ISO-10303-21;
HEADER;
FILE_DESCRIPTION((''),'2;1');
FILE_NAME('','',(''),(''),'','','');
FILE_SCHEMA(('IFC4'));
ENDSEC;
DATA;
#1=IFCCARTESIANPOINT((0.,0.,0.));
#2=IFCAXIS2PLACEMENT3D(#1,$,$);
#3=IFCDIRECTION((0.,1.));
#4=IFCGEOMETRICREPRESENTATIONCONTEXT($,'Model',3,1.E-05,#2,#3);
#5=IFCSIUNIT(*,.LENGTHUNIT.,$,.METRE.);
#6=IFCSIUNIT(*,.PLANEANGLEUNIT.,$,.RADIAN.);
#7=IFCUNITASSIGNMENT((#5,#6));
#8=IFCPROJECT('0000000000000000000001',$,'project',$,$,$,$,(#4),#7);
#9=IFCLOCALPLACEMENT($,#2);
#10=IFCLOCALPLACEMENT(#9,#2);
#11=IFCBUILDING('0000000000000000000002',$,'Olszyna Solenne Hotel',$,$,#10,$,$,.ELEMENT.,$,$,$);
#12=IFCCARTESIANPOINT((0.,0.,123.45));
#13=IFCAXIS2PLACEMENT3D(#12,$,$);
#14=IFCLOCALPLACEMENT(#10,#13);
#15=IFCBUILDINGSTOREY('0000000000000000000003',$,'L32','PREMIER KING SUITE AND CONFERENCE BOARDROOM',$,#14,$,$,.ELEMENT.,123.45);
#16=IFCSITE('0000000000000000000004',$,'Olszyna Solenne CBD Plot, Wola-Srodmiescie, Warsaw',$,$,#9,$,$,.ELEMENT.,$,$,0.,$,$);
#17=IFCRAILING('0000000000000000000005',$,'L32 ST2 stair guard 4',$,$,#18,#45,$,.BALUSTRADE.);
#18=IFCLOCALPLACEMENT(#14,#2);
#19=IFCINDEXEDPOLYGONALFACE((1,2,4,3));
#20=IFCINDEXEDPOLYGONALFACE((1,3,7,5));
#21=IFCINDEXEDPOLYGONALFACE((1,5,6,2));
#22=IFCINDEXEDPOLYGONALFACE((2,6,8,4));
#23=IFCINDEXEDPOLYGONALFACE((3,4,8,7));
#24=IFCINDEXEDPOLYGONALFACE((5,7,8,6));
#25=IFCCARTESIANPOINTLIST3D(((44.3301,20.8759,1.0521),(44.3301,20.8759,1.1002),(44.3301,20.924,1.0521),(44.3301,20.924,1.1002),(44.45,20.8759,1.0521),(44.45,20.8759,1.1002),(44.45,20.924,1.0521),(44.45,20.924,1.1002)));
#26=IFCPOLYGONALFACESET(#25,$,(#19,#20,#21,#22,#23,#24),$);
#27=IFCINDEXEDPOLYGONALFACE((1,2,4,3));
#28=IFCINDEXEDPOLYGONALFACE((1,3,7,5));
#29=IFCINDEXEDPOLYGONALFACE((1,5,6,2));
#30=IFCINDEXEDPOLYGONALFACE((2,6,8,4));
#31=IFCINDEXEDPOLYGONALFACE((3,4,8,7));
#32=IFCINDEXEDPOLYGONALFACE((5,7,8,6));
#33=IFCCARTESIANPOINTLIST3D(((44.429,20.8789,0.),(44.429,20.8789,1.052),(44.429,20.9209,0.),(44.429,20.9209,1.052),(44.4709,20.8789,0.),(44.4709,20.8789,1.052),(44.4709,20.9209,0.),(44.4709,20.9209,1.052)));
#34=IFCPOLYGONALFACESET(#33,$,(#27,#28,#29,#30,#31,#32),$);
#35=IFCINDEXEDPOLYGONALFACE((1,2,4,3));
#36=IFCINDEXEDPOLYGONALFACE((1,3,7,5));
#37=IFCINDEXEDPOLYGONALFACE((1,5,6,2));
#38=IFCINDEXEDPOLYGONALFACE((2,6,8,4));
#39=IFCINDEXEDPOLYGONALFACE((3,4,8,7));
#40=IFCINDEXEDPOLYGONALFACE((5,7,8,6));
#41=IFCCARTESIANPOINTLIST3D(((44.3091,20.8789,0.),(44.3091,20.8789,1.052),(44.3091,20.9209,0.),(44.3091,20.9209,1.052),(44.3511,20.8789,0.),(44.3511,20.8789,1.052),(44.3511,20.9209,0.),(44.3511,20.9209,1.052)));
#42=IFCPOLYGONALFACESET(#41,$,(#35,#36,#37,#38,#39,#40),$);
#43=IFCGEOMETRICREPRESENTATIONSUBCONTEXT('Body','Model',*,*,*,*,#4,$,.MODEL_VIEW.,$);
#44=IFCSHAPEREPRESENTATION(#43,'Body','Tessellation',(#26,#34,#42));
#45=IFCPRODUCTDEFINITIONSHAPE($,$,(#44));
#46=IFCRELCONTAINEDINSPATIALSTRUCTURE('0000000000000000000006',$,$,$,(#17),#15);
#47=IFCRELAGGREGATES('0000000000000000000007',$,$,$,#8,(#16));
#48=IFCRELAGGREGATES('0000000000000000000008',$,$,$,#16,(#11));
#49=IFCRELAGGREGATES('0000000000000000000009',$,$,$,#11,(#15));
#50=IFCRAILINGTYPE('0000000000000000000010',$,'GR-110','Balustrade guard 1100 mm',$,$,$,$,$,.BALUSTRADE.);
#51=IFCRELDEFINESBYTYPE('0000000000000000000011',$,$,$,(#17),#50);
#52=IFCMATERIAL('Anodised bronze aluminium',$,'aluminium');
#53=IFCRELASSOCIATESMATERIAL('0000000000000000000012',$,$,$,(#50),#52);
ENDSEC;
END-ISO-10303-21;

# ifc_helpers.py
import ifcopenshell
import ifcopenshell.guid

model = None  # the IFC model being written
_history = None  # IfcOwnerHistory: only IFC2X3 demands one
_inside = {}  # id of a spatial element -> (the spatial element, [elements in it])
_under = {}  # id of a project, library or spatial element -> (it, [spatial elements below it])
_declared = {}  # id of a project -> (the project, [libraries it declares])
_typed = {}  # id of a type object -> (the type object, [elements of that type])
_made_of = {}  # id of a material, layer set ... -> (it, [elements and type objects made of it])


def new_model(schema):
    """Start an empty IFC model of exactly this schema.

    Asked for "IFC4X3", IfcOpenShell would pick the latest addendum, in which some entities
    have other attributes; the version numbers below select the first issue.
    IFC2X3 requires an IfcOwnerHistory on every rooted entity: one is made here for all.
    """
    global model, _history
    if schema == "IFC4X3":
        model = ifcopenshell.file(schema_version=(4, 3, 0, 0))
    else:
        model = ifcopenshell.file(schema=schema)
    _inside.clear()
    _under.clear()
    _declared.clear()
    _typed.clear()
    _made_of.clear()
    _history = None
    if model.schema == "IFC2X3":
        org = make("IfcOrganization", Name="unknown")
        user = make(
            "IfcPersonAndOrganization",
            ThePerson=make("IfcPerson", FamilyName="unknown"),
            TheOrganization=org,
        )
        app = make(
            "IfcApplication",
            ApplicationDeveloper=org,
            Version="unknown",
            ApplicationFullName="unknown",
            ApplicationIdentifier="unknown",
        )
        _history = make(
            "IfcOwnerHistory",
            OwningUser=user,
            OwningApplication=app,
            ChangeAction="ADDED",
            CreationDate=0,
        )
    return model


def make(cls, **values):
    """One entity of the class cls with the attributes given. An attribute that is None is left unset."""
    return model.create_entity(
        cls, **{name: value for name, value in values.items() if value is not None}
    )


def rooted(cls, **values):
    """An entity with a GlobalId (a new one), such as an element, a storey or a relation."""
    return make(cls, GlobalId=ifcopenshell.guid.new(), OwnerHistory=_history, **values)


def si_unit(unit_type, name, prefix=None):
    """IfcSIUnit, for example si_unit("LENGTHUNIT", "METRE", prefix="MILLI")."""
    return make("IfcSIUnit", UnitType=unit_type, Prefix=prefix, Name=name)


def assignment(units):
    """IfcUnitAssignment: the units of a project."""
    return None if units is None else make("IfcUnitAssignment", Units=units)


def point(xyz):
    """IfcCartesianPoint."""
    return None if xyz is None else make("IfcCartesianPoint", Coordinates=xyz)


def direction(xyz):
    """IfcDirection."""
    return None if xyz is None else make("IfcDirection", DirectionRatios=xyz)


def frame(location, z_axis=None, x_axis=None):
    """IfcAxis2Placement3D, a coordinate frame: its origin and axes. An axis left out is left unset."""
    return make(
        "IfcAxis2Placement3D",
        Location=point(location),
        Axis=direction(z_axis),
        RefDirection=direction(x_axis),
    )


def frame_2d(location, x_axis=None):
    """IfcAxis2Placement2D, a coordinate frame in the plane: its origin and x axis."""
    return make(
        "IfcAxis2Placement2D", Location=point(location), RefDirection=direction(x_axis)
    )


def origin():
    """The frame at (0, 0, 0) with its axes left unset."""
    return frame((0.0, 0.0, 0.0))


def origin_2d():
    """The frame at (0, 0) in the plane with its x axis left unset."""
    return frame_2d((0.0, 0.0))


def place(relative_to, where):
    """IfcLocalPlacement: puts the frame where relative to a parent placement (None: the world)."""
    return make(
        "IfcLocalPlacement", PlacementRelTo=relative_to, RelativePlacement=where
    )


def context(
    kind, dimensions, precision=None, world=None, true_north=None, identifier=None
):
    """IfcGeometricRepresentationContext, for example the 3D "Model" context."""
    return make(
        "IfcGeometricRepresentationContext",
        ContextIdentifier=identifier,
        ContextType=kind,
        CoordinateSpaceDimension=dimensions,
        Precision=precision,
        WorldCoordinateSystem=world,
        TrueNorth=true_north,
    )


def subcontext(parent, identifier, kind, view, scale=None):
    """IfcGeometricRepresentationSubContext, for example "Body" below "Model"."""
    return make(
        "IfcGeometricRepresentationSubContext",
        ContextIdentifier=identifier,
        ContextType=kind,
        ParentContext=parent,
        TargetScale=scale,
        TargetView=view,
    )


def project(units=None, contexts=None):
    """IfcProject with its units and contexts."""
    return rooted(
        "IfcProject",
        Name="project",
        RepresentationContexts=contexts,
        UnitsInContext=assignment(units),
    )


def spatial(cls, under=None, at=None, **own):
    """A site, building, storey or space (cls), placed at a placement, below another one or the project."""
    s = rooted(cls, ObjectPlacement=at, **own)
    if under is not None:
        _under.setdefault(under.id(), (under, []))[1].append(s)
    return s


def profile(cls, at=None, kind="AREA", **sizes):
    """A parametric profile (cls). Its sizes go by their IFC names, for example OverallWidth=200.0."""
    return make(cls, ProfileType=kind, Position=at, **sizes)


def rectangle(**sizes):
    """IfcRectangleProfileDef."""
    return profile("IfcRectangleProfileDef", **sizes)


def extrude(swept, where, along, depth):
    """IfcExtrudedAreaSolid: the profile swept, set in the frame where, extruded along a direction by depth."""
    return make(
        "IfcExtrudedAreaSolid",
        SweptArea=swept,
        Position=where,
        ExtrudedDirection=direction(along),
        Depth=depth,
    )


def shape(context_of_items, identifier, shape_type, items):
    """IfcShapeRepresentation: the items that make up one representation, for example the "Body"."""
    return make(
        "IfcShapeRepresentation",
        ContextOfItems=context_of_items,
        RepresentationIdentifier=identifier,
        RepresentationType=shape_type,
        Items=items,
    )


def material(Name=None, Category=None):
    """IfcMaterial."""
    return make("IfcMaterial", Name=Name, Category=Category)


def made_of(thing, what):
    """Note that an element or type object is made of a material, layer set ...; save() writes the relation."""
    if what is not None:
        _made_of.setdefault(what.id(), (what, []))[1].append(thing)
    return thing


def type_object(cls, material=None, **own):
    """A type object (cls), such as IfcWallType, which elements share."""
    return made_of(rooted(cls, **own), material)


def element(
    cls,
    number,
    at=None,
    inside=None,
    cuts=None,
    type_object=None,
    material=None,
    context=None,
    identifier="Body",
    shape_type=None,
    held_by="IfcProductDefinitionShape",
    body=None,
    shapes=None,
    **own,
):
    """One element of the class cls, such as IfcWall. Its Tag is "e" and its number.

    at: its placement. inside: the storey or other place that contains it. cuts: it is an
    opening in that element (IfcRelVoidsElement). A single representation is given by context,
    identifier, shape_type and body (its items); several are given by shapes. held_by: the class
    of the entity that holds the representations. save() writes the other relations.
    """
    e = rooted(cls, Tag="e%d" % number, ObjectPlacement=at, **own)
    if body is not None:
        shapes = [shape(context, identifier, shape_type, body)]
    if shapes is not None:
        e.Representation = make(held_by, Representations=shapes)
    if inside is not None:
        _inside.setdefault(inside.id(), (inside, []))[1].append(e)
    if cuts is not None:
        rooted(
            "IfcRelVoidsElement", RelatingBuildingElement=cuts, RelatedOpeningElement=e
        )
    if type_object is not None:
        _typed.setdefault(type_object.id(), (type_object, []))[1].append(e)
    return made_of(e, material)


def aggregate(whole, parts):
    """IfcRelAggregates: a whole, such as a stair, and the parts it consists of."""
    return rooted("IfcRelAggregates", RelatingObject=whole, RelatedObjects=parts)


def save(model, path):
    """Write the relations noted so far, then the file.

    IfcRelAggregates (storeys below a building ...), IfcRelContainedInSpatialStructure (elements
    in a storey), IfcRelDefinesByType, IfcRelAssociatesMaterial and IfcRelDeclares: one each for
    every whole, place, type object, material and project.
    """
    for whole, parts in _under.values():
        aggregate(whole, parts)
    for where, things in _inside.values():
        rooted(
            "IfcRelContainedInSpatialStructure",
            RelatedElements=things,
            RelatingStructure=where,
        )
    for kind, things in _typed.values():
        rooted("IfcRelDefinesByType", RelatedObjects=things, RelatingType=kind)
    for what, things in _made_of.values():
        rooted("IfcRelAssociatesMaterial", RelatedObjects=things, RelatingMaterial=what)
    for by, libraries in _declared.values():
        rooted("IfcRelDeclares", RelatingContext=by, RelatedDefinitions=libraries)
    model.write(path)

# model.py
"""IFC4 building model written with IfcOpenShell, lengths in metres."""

from ifc_helpers import new_model, si_unit, direction, frame, origin, origin_2d, place, context, subcontext, project, spatial, rectangle, extrude, material, type_object, element, save


model = new_model("IFC4")

# Units and contexts
model_context = context("Model", 3, precision=1e-05, world=origin(), true_north=direction((0.0, 1.0)))
body_context = subcontext(model_context, "Body", "Model", "MODEL_VIEW")
ifc_project = project(units=[si_unit("LENGTHUNIT", "METRE"), si_unit("PLANEANGLEUNIT", "RADIAN")], contexts=[model_context])

# Site, building, storey
site_placement = place(None, origin())
site = spatial("IfcSite", under=ifc_project, at=site_placement, Name="Olszyna Solenne CBD Plot, Wola-Srodmiescie, Warsaw", CompositionType="ELEMENT", RefElevation=0.0)
building_placement = place(site_placement, origin())
building = spatial("IfcBuilding", under=site, at=building_placement, Name="Olszyna Solenne Hotel", CompositionType="ELEMENT")
storey_placement = place(building_placement, frame((0.0, 0.0, 123.45)))
storey = spatial("IfcBuildingStorey", under=building, at=storey_placement, Name="L32", Description="PREMIER KING SUITE AND CONFERENCE BOARDROOM", CompositionType="ELEMENT", Elevation=123.45)

# Shared definitions
ifc_material_1 = material(Name="Anodised bronze aluminium", Category="aluminium")

# Railing
railing_type = type_object("IfcRailingType", Name="GR-110", Description="Balustrade guard 1100 mm", PredefinedType="BALUSTRADE", material=ifc_material_1)
railing_1_placement = place(storey_placement, frame((44.45, 20.8999, 0.0)))
element("IfcRailing", 1, at=railing_1_placement, inside=storey, type_object=railing_type, Name="L32 ST2 stair guard 4", PredefinedType="BALUSTRADE", context=body_context, shape_type="SweptSolid", body=[
    extrude(rectangle(XDim=0.0481, YDim=0.0481, at=origin_2d()), frame((0.0, 0.0, 1.0762), z_axis=(-1.0, 0.0, 0.0), x_axis=(0.0, -1.0, 0.0)), (0.0, 0.0, 1.0), 0.1199),
    extrude(rectangle(XDim=0.042, YDim=0.042, at=origin_2d()), origin(), (0.0, 0.0, 1.0), 1.052),
    extrude(rectangle(XDim=0.042, YDim=0.042, at=origin_2d()), frame((-0.1199, 0.0, 0.0)), (0.0, 0.0, 1.0), 1.052),
])

save(model, "model.ifc")
